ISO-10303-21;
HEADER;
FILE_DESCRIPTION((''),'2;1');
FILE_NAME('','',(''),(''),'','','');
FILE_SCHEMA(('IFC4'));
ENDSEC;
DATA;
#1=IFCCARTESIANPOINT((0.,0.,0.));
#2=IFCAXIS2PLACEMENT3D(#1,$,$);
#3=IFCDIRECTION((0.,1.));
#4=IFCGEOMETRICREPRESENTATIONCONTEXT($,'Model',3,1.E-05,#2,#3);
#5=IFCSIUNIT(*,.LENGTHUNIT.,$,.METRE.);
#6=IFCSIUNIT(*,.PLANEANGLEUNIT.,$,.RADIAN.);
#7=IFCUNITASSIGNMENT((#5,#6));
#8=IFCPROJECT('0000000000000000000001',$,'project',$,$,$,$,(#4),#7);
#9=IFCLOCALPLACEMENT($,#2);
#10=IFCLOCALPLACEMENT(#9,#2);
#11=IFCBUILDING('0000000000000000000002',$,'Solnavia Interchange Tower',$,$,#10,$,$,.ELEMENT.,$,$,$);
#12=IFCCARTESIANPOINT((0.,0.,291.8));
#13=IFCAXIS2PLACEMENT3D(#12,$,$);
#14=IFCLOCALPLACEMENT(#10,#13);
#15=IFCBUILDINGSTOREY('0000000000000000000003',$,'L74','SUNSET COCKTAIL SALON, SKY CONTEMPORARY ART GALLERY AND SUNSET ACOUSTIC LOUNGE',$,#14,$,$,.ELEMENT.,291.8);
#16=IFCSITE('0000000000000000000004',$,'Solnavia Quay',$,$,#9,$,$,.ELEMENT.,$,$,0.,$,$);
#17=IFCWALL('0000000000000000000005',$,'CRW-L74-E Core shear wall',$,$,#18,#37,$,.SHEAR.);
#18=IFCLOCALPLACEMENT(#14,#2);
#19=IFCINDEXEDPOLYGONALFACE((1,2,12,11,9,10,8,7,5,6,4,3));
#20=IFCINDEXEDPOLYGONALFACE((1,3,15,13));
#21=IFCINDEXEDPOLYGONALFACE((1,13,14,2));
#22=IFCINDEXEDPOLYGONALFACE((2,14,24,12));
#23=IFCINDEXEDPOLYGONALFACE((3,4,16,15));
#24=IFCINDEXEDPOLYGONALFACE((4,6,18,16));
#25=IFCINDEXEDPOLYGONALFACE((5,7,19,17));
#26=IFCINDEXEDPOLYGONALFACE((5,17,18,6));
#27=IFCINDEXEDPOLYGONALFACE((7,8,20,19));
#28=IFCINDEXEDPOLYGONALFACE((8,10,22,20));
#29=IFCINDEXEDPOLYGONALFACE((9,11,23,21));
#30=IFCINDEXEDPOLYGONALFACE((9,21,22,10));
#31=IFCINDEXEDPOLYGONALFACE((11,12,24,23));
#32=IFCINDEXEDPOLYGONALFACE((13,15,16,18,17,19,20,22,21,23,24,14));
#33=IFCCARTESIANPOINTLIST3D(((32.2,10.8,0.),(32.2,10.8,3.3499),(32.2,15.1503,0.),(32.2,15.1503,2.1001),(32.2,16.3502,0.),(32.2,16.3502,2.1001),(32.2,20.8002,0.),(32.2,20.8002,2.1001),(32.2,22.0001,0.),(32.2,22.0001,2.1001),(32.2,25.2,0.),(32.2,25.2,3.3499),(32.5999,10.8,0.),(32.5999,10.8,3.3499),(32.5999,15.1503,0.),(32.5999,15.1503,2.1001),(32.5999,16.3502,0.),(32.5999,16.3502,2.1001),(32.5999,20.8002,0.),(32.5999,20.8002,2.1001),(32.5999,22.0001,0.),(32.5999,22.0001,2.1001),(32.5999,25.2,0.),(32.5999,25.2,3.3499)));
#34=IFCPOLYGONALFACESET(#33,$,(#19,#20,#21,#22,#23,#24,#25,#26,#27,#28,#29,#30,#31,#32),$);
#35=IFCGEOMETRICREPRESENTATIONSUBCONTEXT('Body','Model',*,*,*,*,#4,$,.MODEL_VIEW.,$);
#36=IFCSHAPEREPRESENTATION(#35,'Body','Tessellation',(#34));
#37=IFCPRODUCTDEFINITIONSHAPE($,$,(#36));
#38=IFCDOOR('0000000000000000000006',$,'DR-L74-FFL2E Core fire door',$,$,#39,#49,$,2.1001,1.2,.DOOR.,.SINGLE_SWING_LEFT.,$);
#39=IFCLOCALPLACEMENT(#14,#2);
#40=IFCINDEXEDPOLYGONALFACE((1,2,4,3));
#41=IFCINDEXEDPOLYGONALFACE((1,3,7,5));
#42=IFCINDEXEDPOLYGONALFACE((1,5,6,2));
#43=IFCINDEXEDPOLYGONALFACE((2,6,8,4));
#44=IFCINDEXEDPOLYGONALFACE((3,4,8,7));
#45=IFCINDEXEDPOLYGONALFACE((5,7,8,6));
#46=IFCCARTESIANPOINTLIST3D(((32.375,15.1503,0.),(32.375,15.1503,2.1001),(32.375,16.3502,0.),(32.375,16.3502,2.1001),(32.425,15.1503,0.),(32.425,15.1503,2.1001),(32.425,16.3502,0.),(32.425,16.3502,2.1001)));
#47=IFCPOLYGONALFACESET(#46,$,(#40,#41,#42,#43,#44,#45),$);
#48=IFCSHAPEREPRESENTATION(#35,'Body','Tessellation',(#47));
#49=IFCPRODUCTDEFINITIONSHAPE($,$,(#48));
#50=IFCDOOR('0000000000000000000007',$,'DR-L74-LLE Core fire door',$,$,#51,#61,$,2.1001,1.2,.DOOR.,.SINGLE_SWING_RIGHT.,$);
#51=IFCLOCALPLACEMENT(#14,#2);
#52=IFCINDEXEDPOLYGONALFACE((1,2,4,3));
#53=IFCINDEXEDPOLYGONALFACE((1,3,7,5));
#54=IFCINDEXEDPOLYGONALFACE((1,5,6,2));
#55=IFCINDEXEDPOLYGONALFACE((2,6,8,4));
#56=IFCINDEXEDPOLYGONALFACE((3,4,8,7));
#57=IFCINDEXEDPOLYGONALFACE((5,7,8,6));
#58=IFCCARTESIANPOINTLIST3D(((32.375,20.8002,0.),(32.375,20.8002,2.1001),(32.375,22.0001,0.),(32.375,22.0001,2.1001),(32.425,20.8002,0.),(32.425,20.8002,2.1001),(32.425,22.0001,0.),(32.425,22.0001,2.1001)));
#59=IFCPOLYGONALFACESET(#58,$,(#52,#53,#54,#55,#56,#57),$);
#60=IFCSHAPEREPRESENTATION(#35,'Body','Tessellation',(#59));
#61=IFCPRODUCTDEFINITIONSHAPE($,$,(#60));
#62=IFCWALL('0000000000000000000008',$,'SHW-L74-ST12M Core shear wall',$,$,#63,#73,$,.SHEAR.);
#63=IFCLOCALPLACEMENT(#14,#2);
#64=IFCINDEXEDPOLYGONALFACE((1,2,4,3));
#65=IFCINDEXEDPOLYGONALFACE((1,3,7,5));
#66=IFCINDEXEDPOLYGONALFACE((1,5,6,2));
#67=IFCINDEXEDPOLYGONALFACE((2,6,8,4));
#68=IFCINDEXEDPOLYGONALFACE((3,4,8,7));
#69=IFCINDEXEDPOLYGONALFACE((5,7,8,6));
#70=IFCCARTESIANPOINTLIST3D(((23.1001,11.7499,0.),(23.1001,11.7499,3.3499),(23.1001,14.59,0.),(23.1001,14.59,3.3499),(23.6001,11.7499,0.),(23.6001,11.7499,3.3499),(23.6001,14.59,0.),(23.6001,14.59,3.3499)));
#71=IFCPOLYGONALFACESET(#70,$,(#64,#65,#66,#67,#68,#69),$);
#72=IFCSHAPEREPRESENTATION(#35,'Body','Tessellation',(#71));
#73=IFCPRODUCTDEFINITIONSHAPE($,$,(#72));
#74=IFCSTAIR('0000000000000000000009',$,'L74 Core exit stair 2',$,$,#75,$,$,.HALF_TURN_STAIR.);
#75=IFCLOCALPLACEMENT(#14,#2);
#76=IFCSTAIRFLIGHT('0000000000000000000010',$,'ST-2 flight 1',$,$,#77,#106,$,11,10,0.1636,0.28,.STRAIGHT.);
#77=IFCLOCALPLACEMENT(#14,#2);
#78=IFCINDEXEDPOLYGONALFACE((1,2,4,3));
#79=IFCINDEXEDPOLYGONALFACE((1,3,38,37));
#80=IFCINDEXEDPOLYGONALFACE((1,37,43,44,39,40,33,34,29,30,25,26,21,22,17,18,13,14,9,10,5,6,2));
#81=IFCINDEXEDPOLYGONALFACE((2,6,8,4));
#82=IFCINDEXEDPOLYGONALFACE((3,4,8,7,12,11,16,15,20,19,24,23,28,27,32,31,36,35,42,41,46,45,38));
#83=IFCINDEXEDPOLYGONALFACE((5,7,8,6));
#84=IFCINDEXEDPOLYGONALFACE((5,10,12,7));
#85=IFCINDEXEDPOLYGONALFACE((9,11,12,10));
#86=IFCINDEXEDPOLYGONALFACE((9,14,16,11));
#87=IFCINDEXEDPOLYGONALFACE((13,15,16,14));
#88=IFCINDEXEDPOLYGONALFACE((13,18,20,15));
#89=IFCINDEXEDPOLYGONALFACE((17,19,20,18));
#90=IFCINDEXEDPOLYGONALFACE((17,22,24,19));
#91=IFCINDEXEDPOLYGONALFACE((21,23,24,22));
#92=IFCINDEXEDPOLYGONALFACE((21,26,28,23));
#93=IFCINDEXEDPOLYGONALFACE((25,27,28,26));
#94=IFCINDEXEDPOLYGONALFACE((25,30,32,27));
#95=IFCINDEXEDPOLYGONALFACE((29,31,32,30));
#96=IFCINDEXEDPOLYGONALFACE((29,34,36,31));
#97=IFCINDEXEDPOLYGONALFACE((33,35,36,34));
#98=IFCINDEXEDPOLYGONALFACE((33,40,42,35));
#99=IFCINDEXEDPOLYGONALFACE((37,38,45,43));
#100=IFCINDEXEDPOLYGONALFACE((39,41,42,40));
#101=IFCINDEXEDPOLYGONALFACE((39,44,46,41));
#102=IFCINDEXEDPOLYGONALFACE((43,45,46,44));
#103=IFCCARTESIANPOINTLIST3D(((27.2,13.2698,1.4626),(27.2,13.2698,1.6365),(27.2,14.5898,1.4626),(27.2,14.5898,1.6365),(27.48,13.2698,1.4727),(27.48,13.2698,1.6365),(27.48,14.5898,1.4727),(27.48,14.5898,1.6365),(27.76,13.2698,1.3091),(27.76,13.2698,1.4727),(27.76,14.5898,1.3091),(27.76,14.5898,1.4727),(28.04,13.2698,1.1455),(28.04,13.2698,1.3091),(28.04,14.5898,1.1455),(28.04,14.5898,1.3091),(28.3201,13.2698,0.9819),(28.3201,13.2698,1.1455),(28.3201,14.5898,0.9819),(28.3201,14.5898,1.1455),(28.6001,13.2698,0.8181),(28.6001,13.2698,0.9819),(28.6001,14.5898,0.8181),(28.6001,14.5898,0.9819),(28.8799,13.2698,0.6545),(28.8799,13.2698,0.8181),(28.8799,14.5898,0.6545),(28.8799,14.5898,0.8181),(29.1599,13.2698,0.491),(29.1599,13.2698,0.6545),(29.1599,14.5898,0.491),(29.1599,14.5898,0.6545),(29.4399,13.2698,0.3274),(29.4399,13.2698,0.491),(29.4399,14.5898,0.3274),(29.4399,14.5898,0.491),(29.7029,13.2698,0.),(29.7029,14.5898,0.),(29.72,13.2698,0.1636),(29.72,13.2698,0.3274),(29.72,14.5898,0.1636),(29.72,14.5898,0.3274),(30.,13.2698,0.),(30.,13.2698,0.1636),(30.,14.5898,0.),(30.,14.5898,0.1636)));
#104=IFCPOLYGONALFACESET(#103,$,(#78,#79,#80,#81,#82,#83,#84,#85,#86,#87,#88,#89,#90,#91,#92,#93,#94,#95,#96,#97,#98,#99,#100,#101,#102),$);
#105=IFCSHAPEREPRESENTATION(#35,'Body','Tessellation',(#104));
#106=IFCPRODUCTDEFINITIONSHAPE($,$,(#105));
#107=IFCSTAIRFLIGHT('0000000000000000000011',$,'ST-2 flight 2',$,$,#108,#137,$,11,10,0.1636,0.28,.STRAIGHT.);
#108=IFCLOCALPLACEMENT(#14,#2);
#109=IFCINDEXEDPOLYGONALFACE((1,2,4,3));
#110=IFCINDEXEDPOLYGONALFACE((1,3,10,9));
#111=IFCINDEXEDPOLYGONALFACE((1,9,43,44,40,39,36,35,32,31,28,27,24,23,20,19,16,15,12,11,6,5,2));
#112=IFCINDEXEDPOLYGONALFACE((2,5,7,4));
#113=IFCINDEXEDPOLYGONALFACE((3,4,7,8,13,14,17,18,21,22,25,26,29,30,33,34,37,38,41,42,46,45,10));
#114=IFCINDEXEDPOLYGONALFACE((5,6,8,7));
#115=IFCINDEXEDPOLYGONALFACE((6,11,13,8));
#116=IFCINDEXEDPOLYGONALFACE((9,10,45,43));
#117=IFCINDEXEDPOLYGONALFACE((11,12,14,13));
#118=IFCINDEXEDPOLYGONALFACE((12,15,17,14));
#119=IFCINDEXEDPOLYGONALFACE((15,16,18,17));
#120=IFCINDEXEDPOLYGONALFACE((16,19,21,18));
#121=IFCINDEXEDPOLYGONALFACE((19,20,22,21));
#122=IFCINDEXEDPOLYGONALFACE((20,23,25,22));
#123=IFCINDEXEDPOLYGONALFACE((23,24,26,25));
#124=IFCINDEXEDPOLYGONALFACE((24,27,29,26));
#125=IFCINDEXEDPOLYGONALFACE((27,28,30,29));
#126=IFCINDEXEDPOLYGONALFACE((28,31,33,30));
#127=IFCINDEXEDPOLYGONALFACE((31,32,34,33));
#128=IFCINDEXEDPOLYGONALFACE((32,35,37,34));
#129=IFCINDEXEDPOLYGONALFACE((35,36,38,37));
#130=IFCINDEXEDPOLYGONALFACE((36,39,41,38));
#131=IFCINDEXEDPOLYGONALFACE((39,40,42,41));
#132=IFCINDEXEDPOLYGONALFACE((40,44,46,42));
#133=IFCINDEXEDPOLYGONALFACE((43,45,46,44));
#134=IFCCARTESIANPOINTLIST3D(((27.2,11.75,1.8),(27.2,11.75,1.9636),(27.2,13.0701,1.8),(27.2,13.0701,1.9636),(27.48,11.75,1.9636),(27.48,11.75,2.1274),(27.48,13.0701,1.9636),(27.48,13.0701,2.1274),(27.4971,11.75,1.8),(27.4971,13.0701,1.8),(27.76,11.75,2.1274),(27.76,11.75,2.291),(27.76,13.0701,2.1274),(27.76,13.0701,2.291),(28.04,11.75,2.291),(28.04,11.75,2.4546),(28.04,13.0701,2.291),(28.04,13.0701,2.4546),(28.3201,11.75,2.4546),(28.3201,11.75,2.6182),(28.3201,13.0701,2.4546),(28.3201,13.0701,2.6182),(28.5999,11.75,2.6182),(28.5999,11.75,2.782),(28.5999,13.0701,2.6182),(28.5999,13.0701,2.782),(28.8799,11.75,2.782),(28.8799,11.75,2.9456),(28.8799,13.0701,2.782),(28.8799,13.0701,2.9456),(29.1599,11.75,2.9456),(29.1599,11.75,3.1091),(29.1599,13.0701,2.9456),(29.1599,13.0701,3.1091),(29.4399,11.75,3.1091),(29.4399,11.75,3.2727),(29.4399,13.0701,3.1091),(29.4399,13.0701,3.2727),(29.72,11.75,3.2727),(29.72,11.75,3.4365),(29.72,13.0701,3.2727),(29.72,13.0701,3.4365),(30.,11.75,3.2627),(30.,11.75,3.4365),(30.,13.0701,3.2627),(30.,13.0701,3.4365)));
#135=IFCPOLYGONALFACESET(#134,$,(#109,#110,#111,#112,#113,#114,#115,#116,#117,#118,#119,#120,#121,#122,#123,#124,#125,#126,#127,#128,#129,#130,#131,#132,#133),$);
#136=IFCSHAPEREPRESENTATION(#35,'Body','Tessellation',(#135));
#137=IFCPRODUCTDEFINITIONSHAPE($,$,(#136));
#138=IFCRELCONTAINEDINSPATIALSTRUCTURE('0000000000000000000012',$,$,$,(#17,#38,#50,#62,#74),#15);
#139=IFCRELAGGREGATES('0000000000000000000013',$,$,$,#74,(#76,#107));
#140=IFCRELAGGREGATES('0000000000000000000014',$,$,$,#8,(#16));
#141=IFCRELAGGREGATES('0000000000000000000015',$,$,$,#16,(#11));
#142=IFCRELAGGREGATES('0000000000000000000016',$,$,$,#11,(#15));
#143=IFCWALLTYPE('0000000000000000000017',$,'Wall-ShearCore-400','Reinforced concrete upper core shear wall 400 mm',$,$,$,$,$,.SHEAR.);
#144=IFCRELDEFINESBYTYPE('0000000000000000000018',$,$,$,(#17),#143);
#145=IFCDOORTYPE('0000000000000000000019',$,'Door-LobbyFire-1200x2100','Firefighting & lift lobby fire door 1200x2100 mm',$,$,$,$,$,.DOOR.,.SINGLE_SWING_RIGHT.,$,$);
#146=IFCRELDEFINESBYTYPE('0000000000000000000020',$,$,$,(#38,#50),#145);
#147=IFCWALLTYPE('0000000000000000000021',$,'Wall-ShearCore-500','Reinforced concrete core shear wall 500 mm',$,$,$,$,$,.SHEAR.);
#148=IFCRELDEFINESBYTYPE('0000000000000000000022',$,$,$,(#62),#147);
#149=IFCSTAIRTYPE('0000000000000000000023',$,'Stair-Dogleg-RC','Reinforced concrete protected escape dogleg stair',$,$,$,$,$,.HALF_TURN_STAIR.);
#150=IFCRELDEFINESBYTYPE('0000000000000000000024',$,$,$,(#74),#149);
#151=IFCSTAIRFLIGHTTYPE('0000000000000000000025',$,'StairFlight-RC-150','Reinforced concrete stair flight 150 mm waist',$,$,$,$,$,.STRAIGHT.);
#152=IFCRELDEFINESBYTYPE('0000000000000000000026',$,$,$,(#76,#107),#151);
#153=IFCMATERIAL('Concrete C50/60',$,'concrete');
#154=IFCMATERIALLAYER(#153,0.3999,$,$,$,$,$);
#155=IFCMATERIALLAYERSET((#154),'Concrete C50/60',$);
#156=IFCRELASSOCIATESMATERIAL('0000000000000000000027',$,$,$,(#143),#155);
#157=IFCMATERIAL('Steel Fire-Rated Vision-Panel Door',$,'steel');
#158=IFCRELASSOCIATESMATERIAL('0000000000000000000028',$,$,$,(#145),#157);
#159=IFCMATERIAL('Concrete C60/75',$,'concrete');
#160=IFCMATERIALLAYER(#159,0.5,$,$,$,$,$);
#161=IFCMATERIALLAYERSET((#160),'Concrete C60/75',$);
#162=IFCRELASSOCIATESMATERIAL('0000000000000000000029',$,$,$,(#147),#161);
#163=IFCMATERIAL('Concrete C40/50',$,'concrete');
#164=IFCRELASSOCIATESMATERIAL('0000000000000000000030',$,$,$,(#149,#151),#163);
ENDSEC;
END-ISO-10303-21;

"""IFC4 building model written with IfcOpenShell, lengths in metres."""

from ifc_helpers import new_model, si_unit, direction, frame, frame_2d, origin, place, context, subcontext, project, spatial, polyline, rectangle, outline, extrude, material, layer, layer_set, type_object, element, fill, aggregate, save


model = new_model("IFC4")

# Units and contexts
model_context = context("Model", 3, precision=1e-05, world=origin(), true_north=direction((0.0, 1.0)))
body_context = subcontext(model_context, "Body", "Model", "MODEL_VIEW")
ifc_project = project(units=[si_unit("LENGTHUNIT", "METRE"), si_unit("PLANEANGLEUNIT", "RADIAN")], contexts=[model_context])

# Site, building, storey
site_placement = place(None, origin())
site = spatial("IfcSite", under=ifc_project, at=site_placement, Name="Solnavia Quay", CompositionType="ELEMENT", RefElevation=0.0)
building_placement = place(site_placement, origin())
building = spatial("IfcBuilding", under=site, at=building_placement, Name="Solnavia Interchange Tower", CompositionType="ELEMENT")
storey_placement = place(building_placement, frame((0.0, 0.0, 291.8)))
storey = spatial("IfcBuildingStorey", under=building, at=storey_placement, Name="L74", Description="SUNSET COCKTAIL SALON, SKY CONTEMPORARY ART GALLERY AND SUNSET ACOUSTIC LOUNGE", CompositionType="ELEMENT", Elevation=291.8)

# Shared definitions
ifc_material_1 = material(Name="Concrete C50/60", Category="concrete")

# Shared definitions
ifc_material_2 = material(Name="Concrete C40/50", Category="concrete")

# Wall, openings, doors
ifc_layer_1 = layer(ifc_material_1, 0.3999)
ifc_layer_set_1 = layer_set([ifc_layer_1], Name="Concrete C50/60")
wall_type_1 = type_object("IfcWallType", Name="Wall-ShearCore-400", Description="Reinforced concrete upper core shear wall 400 mm", PredefinedType="SHEAR", material=ifc_layer_set_1)
wall_1_placement = place(storey_placement, frame((32.3999, 10.8, 0.0), z_axis=(0.0, 0.0, 1.0), x_axis=(0.0, 1.0, 0.0)))
wall_1 = element("IfcWall", 1, at=wall_1_placement, inside=storey, type_object=wall_type_1, Name="CRW-L74-E Core shear wall", PredefinedType="SHEAR", context=body_context, shape_type="SweptSolid", body=[
    extrude(rectangle(XDim=14.3999, YDim=0.3999, at=frame_2d((7.2, 0.0))), origin(), (0.0, 0.0, 1.0), 3.3499),
])
opening_1_placement = place(wall_1_placement, frame((4.3501, 0.0, 0.0)))
opening_1 = element("IfcOpeningElement", 2, at=opening_1_placement, cuts=wall_1, PredefinedType="OPENING", context=body_context, shape_type="SweptSolid", body=[
    extrude(rectangle(XDim=1.2, YDim=2.1001, at=frame_2d((0.6001, 1.05))), frame((0.0, 0.21, 0.0), z_axis=(0.0, -1.0, 0.0), x_axis=(1.0, 0.0, 0.0)), (0.0, 0.0, 1.0), 0.4199),
])
opening_2_placement = place(wall_1_placement, frame((10.0, 0.0, 0.0)))
opening_2 = element("IfcOpeningElement", 3, at=opening_2_placement, cuts=wall_1, PredefinedType="OPENING", context=body_context, shape_type="SweptSolid", body=[
    extrude(rectangle(XDim=1.2, YDim=2.1001, at=frame_2d((0.6001, 1.05))), frame((0.0, 0.21, 0.0), z_axis=(0.0, -1.0, 0.0), x_axis=(1.0, 0.0, 0.0)), (0.0, 0.0, 1.0), 0.4199),
])
ifc_material_3 = material(Name="Steel Fire-Rated Vision-Panel Door", Category="steel")
door_type_1 = type_object("IfcDoorType", Name="Door-LobbyFire-1200x2100", Description="Firefighting & lift lobby fire door 1200x2100 mm", OperationType="SINGLE_SWING_RIGHT", PredefinedType="DOOR", material=ifc_material_3)
door_1_placement = place(opening_1_placement, origin())
door_1 = element("IfcDoor", 4, at=door_1_placement, inside=storey, type_object=door_type_1, Name="DR-L74-FFL2E Core fire door", OperationType="SINGLE_SWING_LEFT", OverallHeight=2.1001, OverallWidth=1.2, PredefinedType="DOOR", context=body_context, shape_type="SweptSolid", body=[
    extrude(rectangle(XDim=1.2, YDim=2.1001, at=frame_2d((0.6001, 1.05))), frame((0.0, 0.0249, 0.0), z_axis=(0.0, -1.0, 0.0), x_axis=(1.0, 0.0, 0.0)), (0.0, 0.0, 1.0), 0.05),
])
fill(opening_1, door_1)
door_2_placement = place(opening_2_placement, origin())
door_2 = element("IfcDoor", 5, at=door_2_placement, inside=storey, type_object=door_type_1, Name="DR-L74-LLE Core fire door", OperationType="SINGLE_SWING_RIGHT", OverallHeight=2.1001, OverallWidth=1.2, PredefinedType="DOOR", context=body_context, shape_type="SweptSolid", body=[
    extrude(rectangle(XDim=1.2, YDim=2.1001, at=frame_2d((0.6001, 1.05))), frame((0.0, 0.0249, 0.0), z_axis=(0.0, -1.0, 0.0), x_axis=(1.0, 0.0, 0.0)), (0.0, 0.0, 1.0), 0.05),
])
fill(opening_2, door_2)

# Wall
ifc_material_4 = material(Name="Concrete C60/75", Category="concrete")
ifc_layer_2 = layer(ifc_material_4, 0.5)
ifc_layer_set_2 = layer_set([ifc_layer_2], Name="Concrete C60/75")
wall_type_2 = type_object("IfcWallType", Name="Wall-ShearCore-500", Description="Reinforced concrete core shear wall 500 mm", PredefinedType="SHEAR", material=ifc_layer_set_2)
wall_2_placement = place(storey_placement, frame((23.3501, 11.75, 0.0), z_axis=(0.0, 0.0, 1.0), x_axis=(0.0, 1.0, 0.0)))
element("IfcWall", 6, at=wall_2_placement, inside=storey, type_object=wall_type_2, Name="SHW-L74-ST12M Core shear wall", PredefinedType="SHEAR", context=body_context, shape_type="SweptSolid", body=[
    extrude(rectangle(XDim=2.8401, YDim=0.5, at=frame_2d((1.4199, 0.0))), origin(), (0.0, 0.0, 1.0), 3.3499),
])

# Stair, stair flights
stair_type = type_object("IfcStairType", Name="Stair-Dogleg-RC", Description="Reinforced concrete protected escape dogleg stair", PredefinedType="HALF_TURN_STAIR", material=ifc_material_2)
stair_placement = place(storey_placement, origin())
stair = element("IfcStair", 7, at=stair_placement, inside=storey, type_object=stair_type, Name="L74 Core exit stair 2", PredefinedType="HALF_TURN_STAIR")
stair_flight_type = type_object("IfcStairFlightType", Name="StairFlight-RC-150", Description="Reinforced concrete stair flight 150 mm waist", PredefinedType="STRAIGHT", material=ifc_material_2)
stair_flight_1_placement = place(storey_placement, frame((30.0, 13.9299, 0.0), z_axis=(0.0, 0.0, 1.0), x_axis=(-1.0, 0.0, 0.0)))
stair_flight_1 = element("IfcStairFlight", 8, at=stair_flight_1_placement, type_object=stair_flight_type, Name="ST-2 flight 1", NumberOfRisers=11, NumberOfTreads=10, PredefinedType="STRAIGHT", RiserHeight=0.1636, TreadLength=0.28, context=body_context, shape_type="SweptSolid", body=[
    extrude(outline(polyline([(0.0, 0.0), (0.0, 0.1636), (0.28, 0.1636), (0.28, 0.3274), (0.5601, 0.3274), (0.5601, 0.491), (0.8401, 0.491), (0.8401, 0.6545), (1.1201, 0.6545), (1.1201, 0.8181), (1.3999, 0.8181), (1.3999, 0.9819), (1.6799, 0.9819), (1.6799, 1.1455), (1.96, 1.1455), (1.96, 1.3091), (2.24, 1.3091), (2.24, 1.4727), (2.52, 1.4727), (2.52, 1.6365), (2.8, 1.6365), (2.8, 1.8), (2.8, 1.4626), (0.2971, 0.0), (0.0, 0.0)])), frame((0.0, 0.6602, 0.0), z_axis=(0.0, -1.0, 0.0), x_axis=(1.0, 0.0, 0.0)), (0.0, 0.0, 1.0), 1.3201),
])
stair_flight_2_placement = place(storey_placement, frame((27.2, 12.4099, 1.8), z_axis=(0.0, 0.0, 1.0), x_axis=(1.0, 0.0, 0.0)))
stair_flight_2 = element("IfcStairFlight", 9, at=stair_flight_2_placement, type_object=stair_flight_type, Name="ST-2 flight 2", NumberOfRisers=11, NumberOfTreads=10, PredefinedType="STRAIGHT", RiserHeight=0.1636, TreadLength=0.28, context=body_context, shape_type="SweptSolid", body=[
    extrude(outline(polyline([(0.0, 0.0), (0.0, 0.1636), (0.28, 0.1636), (0.28, 0.3274), (0.5601, 0.3274), (0.5601, 0.491), (0.8401, 0.491), (0.8401, 0.6545), (1.1201, 0.6545), (1.1201, 0.8181), (1.3999, 0.8181), (1.3999, 0.9819), (1.6799, 0.9819), (1.6799, 1.1455), (1.96, 1.1455), (1.96, 1.3091), (2.24, 1.3091), (2.24, 1.4727), (2.52, 1.4727), (2.52, 1.6365), (2.8, 1.6365), (2.8, 1.8), (2.8, 1.4626), (0.2971, 0.0), (0.0, 0.0)])), frame((0.0, 0.6602, 0.0), z_axis=(0.0, -1.0, 0.0), x_axis=(1.0, 0.0, 0.0)), (0.0, 0.0, 1.0), 1.3201),
])
aggregate(stair, [stair_flight_1, stair_flight_2])

save(model, "model.ifc")
